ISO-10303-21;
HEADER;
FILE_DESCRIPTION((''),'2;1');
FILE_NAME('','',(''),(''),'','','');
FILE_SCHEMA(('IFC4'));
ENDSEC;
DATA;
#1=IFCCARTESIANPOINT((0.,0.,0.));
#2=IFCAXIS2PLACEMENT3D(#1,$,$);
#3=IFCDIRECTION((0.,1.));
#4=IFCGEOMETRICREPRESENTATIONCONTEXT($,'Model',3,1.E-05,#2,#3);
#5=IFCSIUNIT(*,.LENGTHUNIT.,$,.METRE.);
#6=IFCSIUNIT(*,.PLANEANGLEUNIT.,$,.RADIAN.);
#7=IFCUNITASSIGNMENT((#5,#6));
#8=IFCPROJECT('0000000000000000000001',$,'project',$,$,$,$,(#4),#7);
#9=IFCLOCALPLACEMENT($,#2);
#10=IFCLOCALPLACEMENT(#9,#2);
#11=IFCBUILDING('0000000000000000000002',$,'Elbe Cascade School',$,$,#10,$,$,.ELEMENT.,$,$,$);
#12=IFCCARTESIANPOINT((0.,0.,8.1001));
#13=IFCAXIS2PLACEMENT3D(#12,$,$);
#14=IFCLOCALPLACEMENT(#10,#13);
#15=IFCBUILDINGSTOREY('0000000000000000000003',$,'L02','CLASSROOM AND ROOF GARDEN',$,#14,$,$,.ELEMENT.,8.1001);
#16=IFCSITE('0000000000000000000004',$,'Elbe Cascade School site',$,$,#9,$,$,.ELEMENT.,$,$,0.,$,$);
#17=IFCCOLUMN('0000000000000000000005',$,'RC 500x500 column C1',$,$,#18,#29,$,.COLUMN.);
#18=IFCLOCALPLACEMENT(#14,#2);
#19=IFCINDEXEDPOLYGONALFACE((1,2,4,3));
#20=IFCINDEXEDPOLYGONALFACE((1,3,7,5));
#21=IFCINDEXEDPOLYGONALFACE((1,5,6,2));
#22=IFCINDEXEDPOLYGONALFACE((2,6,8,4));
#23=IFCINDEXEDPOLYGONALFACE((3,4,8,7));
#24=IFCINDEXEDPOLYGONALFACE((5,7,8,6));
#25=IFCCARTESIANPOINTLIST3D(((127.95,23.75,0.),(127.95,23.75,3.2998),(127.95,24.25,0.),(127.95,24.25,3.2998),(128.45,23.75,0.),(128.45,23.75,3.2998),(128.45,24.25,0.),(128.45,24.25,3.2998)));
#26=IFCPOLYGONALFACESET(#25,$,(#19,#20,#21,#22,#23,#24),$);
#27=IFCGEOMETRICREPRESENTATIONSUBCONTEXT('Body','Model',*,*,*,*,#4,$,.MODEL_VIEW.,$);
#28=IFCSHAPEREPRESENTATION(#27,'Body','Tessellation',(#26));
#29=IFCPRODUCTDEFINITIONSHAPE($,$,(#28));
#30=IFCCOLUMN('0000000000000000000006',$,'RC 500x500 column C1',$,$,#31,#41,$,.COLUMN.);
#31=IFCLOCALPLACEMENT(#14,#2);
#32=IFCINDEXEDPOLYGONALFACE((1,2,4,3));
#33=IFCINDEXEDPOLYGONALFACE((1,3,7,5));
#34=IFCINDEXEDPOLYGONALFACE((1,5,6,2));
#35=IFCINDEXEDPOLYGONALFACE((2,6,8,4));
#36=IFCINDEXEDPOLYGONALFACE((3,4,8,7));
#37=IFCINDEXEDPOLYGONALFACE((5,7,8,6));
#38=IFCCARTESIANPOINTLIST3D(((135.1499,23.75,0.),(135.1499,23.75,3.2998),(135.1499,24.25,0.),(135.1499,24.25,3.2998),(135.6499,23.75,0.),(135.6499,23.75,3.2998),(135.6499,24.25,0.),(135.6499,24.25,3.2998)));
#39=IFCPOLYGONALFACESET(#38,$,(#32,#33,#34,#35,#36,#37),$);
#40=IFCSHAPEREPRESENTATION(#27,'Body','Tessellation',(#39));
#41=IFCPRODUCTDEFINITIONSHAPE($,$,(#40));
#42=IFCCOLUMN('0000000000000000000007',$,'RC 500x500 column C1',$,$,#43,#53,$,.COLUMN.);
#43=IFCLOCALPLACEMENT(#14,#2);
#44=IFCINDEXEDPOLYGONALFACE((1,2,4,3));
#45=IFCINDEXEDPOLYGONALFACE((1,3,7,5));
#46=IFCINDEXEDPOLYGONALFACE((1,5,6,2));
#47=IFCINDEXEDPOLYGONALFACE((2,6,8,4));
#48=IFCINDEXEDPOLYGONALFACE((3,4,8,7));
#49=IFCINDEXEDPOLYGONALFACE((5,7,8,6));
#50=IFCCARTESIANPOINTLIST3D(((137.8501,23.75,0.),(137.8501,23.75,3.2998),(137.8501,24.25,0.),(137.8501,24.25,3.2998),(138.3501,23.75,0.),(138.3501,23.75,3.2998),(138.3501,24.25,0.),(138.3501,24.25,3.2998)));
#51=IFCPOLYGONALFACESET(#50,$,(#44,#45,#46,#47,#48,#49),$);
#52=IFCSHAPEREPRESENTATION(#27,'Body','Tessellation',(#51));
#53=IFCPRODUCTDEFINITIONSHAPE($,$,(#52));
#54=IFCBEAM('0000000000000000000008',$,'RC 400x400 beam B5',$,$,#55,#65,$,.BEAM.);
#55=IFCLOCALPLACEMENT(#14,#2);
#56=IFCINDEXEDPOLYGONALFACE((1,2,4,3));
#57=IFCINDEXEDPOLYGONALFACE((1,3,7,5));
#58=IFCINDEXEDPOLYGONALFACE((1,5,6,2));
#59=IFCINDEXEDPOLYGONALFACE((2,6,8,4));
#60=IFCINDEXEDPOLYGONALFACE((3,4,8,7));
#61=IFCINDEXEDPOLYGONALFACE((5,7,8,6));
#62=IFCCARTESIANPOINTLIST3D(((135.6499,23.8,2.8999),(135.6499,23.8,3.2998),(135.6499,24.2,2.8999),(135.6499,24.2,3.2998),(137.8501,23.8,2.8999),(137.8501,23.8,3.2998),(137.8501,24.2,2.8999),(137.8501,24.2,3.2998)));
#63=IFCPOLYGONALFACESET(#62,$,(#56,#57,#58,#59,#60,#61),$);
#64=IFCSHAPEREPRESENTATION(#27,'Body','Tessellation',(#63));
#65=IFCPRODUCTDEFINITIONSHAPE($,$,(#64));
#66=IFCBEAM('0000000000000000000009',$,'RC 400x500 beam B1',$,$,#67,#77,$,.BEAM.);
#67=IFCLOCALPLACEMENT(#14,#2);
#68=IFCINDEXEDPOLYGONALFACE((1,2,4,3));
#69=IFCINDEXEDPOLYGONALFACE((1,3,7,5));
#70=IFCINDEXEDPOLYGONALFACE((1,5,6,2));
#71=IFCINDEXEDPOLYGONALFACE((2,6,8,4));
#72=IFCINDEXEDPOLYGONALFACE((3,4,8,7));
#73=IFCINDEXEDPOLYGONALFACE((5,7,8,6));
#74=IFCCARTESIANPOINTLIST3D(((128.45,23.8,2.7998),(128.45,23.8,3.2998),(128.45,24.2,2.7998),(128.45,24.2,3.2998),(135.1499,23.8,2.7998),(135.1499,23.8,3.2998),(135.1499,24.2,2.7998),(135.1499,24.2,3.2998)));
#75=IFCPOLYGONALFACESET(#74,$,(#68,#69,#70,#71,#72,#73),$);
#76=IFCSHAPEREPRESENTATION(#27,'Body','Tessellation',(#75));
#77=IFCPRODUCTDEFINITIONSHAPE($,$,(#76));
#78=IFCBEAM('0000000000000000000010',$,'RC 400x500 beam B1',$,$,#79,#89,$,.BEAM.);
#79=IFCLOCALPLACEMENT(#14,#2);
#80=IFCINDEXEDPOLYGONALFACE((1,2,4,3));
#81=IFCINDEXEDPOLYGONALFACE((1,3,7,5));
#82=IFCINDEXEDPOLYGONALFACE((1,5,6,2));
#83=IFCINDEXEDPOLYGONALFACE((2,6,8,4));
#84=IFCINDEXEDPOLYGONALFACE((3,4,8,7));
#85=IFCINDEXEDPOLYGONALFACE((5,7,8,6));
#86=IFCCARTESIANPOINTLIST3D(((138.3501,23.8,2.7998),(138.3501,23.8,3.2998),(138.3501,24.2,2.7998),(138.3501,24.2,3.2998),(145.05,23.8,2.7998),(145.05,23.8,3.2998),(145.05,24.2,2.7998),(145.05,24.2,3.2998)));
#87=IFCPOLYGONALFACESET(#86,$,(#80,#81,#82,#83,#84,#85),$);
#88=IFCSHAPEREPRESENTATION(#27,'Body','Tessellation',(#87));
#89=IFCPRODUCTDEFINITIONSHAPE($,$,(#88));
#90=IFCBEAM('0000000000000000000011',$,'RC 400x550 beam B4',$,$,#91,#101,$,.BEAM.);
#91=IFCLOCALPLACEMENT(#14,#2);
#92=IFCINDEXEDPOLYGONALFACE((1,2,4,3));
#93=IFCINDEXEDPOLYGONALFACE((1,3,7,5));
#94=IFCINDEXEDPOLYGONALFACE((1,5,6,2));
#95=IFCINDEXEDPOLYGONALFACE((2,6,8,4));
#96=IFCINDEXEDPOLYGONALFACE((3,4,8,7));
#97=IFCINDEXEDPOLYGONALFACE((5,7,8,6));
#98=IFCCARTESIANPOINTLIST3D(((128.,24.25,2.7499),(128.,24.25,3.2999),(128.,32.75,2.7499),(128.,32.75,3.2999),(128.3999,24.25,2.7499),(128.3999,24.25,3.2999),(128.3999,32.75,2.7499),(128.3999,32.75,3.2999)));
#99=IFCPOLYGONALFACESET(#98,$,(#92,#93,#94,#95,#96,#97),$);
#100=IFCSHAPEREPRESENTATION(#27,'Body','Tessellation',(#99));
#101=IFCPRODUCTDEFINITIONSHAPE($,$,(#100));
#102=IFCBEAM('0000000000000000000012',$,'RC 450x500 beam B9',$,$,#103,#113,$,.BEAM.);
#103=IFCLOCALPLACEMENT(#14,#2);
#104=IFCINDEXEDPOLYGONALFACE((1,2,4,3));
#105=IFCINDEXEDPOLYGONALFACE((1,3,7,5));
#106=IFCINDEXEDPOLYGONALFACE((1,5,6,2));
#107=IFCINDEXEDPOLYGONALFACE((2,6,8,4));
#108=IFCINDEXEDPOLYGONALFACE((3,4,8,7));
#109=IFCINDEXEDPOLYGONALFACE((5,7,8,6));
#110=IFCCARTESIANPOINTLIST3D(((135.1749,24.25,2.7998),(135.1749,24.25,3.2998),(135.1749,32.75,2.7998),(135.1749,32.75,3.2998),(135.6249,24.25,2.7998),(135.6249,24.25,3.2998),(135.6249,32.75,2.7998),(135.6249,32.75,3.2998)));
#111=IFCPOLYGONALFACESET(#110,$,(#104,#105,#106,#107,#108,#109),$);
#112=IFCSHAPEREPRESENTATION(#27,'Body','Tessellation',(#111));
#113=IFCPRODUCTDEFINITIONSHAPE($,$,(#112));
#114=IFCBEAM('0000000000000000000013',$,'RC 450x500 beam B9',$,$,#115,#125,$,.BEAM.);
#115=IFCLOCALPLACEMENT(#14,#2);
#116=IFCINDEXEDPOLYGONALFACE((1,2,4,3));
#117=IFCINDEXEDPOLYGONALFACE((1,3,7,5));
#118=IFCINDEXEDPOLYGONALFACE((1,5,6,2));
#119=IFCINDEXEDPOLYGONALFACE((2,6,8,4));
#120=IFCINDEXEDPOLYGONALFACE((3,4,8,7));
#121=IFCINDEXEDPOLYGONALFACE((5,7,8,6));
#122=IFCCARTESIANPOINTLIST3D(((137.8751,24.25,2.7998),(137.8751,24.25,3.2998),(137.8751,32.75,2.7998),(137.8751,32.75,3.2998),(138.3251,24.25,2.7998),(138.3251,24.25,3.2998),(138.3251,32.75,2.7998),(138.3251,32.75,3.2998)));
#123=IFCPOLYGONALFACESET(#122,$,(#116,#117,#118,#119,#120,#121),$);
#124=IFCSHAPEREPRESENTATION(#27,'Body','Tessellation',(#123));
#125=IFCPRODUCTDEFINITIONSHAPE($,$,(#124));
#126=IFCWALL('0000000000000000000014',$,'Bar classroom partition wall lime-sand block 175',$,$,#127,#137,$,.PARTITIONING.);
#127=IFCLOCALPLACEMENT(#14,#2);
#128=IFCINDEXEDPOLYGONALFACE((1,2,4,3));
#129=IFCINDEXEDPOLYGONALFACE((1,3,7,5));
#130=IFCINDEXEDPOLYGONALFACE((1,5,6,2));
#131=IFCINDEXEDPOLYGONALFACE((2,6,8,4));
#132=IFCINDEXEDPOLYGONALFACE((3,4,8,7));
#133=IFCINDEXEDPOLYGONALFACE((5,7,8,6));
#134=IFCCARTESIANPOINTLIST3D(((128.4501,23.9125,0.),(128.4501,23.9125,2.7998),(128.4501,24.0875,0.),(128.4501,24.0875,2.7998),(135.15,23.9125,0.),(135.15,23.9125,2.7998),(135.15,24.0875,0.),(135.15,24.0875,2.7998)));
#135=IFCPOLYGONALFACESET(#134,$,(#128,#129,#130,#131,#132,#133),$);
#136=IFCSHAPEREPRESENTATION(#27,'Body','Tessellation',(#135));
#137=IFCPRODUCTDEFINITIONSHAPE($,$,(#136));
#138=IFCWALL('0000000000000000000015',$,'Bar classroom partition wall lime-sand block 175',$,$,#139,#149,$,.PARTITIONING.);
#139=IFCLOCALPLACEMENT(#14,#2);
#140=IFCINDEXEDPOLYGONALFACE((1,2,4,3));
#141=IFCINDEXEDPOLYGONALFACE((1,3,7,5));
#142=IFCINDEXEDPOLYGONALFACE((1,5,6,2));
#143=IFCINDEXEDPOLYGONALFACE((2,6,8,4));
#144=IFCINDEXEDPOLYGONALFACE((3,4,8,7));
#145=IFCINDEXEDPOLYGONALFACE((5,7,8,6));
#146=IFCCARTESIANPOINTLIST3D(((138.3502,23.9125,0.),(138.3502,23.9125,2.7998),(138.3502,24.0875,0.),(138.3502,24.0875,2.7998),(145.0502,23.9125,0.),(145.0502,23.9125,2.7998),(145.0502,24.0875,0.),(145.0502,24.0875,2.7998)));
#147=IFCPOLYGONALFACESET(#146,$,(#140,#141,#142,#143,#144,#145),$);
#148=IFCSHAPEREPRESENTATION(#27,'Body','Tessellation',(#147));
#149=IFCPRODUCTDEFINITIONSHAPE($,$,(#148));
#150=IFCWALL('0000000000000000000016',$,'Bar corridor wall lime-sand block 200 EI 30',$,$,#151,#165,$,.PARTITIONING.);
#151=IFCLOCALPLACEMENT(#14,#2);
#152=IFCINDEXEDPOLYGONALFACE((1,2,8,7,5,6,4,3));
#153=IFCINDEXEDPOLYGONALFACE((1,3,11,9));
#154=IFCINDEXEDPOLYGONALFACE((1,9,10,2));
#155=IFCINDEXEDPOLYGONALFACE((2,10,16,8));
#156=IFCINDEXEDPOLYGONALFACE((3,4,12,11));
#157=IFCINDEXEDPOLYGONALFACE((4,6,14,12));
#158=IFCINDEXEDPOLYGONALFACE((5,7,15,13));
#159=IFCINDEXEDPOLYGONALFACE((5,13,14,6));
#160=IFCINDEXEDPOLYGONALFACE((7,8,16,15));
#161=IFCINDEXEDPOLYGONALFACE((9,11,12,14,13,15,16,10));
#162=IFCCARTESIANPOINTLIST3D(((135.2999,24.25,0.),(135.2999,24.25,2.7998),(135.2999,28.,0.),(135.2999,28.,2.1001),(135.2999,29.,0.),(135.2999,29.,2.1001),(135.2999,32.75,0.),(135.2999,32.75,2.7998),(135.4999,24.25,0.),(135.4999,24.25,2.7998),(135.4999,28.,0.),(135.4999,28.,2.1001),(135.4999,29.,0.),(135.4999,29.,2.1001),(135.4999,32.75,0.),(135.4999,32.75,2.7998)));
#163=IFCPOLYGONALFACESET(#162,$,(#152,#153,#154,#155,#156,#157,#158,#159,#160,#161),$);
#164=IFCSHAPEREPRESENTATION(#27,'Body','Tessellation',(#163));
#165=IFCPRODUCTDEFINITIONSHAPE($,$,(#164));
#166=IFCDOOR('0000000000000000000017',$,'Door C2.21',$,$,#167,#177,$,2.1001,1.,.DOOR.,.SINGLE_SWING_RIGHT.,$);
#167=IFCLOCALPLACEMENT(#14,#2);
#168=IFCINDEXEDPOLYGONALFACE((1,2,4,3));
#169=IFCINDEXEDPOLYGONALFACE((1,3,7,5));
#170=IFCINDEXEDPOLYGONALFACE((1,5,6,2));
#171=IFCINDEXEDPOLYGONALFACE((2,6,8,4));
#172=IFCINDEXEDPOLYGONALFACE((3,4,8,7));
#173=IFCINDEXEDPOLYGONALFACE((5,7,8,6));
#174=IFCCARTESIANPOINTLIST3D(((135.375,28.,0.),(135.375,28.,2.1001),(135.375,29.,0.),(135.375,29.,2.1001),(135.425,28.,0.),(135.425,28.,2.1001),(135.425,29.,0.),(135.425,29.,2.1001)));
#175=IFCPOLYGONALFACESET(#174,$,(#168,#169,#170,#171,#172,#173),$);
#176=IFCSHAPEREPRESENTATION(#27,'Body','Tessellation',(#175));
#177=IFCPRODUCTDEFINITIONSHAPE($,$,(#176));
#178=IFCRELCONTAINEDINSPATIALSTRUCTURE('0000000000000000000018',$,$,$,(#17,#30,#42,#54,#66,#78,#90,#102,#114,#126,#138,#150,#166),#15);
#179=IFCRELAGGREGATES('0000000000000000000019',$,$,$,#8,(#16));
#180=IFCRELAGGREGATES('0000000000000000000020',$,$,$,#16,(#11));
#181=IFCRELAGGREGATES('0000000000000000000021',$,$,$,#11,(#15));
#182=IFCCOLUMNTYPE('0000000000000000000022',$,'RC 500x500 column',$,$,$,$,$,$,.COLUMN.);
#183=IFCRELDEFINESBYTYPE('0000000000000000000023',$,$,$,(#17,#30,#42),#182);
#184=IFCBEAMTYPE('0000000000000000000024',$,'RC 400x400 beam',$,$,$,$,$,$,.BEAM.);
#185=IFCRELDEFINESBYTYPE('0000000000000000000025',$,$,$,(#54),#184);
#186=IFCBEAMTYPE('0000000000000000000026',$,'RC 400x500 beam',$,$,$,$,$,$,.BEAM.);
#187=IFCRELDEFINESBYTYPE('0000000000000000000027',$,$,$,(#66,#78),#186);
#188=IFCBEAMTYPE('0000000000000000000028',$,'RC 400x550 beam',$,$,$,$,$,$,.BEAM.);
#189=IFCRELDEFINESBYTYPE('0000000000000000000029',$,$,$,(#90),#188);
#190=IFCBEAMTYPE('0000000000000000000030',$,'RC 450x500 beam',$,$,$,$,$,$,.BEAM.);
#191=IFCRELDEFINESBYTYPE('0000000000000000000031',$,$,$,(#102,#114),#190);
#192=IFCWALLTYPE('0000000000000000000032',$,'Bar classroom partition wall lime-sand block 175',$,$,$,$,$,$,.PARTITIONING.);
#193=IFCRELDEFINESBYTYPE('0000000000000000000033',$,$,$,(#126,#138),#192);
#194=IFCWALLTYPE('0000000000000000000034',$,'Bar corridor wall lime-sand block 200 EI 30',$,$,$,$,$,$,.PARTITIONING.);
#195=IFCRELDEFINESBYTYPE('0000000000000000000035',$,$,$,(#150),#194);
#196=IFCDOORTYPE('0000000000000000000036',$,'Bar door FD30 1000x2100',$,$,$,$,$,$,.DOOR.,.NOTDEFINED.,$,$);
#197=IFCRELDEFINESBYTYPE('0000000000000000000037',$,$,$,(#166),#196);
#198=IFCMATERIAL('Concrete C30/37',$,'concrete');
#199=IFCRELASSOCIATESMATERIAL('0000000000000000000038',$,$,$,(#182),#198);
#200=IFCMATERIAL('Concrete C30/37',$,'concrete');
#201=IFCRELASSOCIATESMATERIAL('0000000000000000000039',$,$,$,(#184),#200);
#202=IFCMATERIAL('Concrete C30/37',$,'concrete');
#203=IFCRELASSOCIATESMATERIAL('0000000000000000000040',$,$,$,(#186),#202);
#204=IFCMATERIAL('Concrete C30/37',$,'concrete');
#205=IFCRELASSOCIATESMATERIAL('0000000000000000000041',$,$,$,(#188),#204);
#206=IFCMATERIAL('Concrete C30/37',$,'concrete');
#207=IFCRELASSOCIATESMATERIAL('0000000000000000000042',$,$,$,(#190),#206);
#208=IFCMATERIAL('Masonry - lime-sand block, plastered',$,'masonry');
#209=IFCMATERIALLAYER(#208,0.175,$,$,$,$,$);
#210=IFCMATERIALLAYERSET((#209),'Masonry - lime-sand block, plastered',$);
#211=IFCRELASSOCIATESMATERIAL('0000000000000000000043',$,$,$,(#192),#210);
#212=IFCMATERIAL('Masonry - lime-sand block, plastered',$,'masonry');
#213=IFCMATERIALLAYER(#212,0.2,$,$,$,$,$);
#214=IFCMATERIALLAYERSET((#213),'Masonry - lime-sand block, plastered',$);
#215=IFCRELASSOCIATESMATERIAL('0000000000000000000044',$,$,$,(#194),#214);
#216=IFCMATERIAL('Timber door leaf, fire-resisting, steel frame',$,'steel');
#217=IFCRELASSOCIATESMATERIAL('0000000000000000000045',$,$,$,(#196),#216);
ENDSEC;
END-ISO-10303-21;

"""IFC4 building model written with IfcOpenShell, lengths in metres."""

from ifc_helpers import new_model, si_unit, direction, frame, frame_2d, origin, origin_2d, place, context, subcontext, project, spatial, rectangle, extrude, material, layer, layer_set, material_profile, profile_set, type_object, element, fill, save


model = new_model("IFC4")

# Units and contexts
model_context = context("Model", 3, precision=1e-05, world=origin(), true_north=direction((0.0, 1.0)))
body_context = subcontext(model_context, "Body", "Model", "MODEL_VIEW")
ifc_project = project(units=[si_unit("LENGTHUNIT", "METRE"), si_unit("PLANEANGLEUNIT", "RADIAN")], contexts=[model_context])

# Site, building, storey
site_placement = place(None, origin())
site = spatial("IfcSite", under=ifc_project, at=site_placement, Name="Elbe Cascade School site", CompositionType="ELEMENT", RefElevation=0.0)
building_placement = place(site_placement, origin())
building = spatial("IfcBuilding", under=site, at=building_placement, Name="Elbe Cascade School", CompositionType="ELEMENT")
storey_placement = place(building_placement, frame((0.0, 0.0, 8.1001)))
storey = spatial("IfcBuildingStorey", under=building, at=storey_placement, Name="L02", Description="CLASSROOM AND ROOF GARDEN", CompositionType="ELEMENT", Elevation=8.1001)

# Columns
ifc_material_1 = material(Name="Concrete C30/37", Category="concrete")
ifc_material_profile_1 = material_profile(ifc_material_1, rectangle(XDim=0.5, YDim=0.5, at=origin_2d()), Name="RC 500x500")
ifc_profile_set_1 = profile_set([ifc_material_profile_1], Name="Concrete C30/37")
column_type = type_object("IfcColumnType", Name="RC 500x500 column", PredefinedType="COLUMN", material=ifc_profile_set_1)
for number, where, z_axis, x_axis, name in (
    (1, (128.2, 24.0, 0.0), (0.0, 0.0, 1.0), (1.0, 0.0, 0.0), "RC 500x500 column C1"),
    (2, (135.3999, 24.0, 0.0), (0.0, 0.0, 1.0), (1.0, 0.0, 0.0), "RC 500x500 column C1"),
    (3, (138.1001, 24.0, 0.0), (0.0, 0.0, 1.0), (1.0, 0.0, 0.0), "RC 500x500 column C1"),
):
    element("IfcColumn", number, at=place(storey_placement, frame(where, z_axis=z_axis, x_axis=x_axis)), inside=storey, type_object=column_type, Name=name, PredefinedType="COLUMN", context=body_context, shape_type="SweptSolid", body=[
        extrude(rectangle(XDim=0.5, YDim=0.5, at=origin_2d()), origin(), (0.0, 0.0, 1.0), 3.2998),
    ])

# Beams
ifc_material_2 = material(Name="Concrete C30/37", Category="concrete")
ifc_material_profile_2 = material_profile(ifc_material_2, rectangle(XDim=0.3999, YDim=0.3999, at=origin_2d()), Name="RC 400x400")
ifc_profile_set_2 = profile_set([ifc_material_profile_2], Name="Concrete C30/37")
beam_type_1 = type_object("IfcBeamType", Name="RC 400x400 beam", PredefinedType="BEAM", material=ifc_profile_set_2)
beam_1_placement = place(storey_placement, frame((135.6499, 24.0, 3.0999), z_axis=(1.0, 0.0, 0.0), x_axis=(0.0, 1.0, 0.0)))
element("IfcBeam", 4, at=beam_1_placement, inside=storey, type_object=beam_type_1, Name="RC 400x400 beam B5", PredefinedType="BEAM", context=body_context, shape_type="SweptSolid", body=[
    extrude(rectangle(XDim=0.3999, YDim=0.3999, at=origin_2d()), origin(), (0.0, 0.0, 1.0), 2.2002),
])
ifc_material_3 = material(Name="Concrete C30/37", Category="concrete")
ifc_material_profile_3 = material_profile(ifc_material_3, rectangle(XDim=0.3999, YDim=0.5, at=origin_2d()), Name="RC 400x500")
ifc_profile_set_3 = profile_set([ifc_material_profile_3], Name="Concrete C30/37")
beam_type_2 = type_object("IfcBeamType", Name="RC 400x500 beam", PredefinedType="BEAM", material=ifc_profile_set_3)
for number, where, z_axis, x_axis, name in (
    (5, (128.45, 24.0, 3.0498), (1.0, 0.0, 0.0), (0.0, 1.0, 0.0), "RC 400x500 beam B1"),
    (6, (138.3501, 24.0, 3.0498), (1.0, 0.0, 0.0), (0.0, 1.0, 0.0), "RC 400x500 beam B1"),
):
    element("IfcBeam", number, at=place(storey_placement, frame(where, z_axis=z_axis, x_axis=x_axis)), inside=storey, type_object=beam_type_2, Name=name, PredefinedType="BEAM", context=body_context, shape_type="SweptSolid", body=[
        extrude(rectangle(XDim=0.3999, YDim=0.5, at=origin_2d()), origin(), (0.0, 0.0, 1.0), 6.7),
    ])
ifc_material_4 = material(Name="Concrete C30/37", Category="concrete")
ifc_material_profile_4 = material_profile(ifc_material_4, rectangle(XDim=0.3999, YDim=0.55, at=origin_2d()), Name="RC 400x550")
ifc_profile_set_4 = profile_set([ifc_material_profile_4], Name="Concrete C30/37")
beam_type_3 = type_object("IfcBeamType", Name="RC 400x550 beam", PredefinedType="BEAM", material=ifc_profile_set_4)
beam_2_placement = place(storey_placement, frame((128.2, 24.25, 3.0249), z_axis=(0.0, 1.0, 0.0), x_axis=(-1.0, 0.0, 0.0)))
element("IfcBeam", 7, at=beam_2_placement, inside=storey, type_object=beam_type_3, Name="RC 400x550 beam B4", PredefinedType="BEAM", context=body_context, shape_type="SweptSolid", body=[
    extrude(rectangle(XDim=0.3999, YDim=0.55, at=origin_2d()), origin(), (0.0, 0.0, 1.0), 8.5),
])
ifc_material_5 = material(Name="Concrete C30/37", Category="concrete")
ifc_material_profile_5 = material_profile(ifc_material_5, rectangle(XDim=0.45, YDim=0.5, at=origin_2d()), Name="RC 450x500")
ifc_profile_set_5 = profile_set([ifc_material_profile_5], Name="Concrete C30/37")
beam_type_4 = type_object("IfcBeamType", Name="RC 450x500 beam", PredefinedType="BEAM", material=ifc_profile_set_5)
for number, where, z_axis, x_axis, name in (
    (8, (135.3999, 24.25, 3.0498), (0.0, 1.0, 0.0), (-1.0, 0.0, 0.0), "RC 450x500 beam B9"),
    (9, (138.1001, 24.25, 3.0498), (0.0, 1.0, 0.0), (-1.0, 0.0, 0.0), "RC 450x500 beam B9"),
):
    element("IfcBeam", number, at=place(storey_placement, frame(where, z_axis=z_axis, x_axis=x_axis)), inside=storey, type_object=beam_type_4, Name=name, PredefinedType="BEAM", context=body_context, shape_type="SweptSolid", body=[
        extrude(rectangle(XDim=0.45, YDim=0.5, at=origin_2d()), origin(), (0.0, 0.0, 1.0), 8.5),
    ])

# Walls
ifc_material_6 = material(Name="Masonry - lime-sand block, plastered", Category="masonry")
ifc_layer_1 = layer(ifc_material_6, 0.175)
ifc_layer_set_1 = layer_set([ifc_layer_1], Name="Masonry - lime-sand block, plastered")
wall_type_1 = type_object("IfcWallType", Name="Bar classroom partition wall lime-sand block 175", PredefinedType="PARTITIONING", material=ifc_layer_set_1)
for number, where, z_axis, x_axis, name in (
    (10, (128.45, 24.0, 0.0), (0.0, 0.0, 1.0), (1.0, 0.0, 0.0), "Bar classroom partition wall lime-sand block 175"),
    (11, (138.3501, 24.0, 0.0), (0.0, 0.0, 1.0), (1.0, 0.0, 0.0), "Bar classroom partition wall lime-sand block 175"),
):
    element("IfcWall", number, at=place(storey_placement, frame(where, z_axis=z_axis, x_axis=x_axis)), inside=storey, type_object=wall_type_1, Name=name, PredefinedType="PARTITIONING", context=body_context, shape_type="SweptSolid", body=[
        extrude(rectangle(XDim=6.7, YDim=0.175, at=frame_2d((3.3501, 0.0))), origin(), (0.0, 0.0, 1.0), 2.7998),
    ])

# Wall, opening, door
ifc_material_7 = material(Name="Masonry - lime-sand block, plastered", Category="masonry")
ifc_layer_2 = layer(ifc_material_7, 0.2)
ifc_layer_set_2 = layer_set([ifc_layer_2], Name="Masonry - lime-sand block, plastered")
wall_type_2 = type_object("IfcWallType", Name="Bar corridor wall lime-sand block 200 EI 30", PredefinedType="PARTITIONING", material=ifc_layer_set_2)
wall_1_placement = place(storey_placement, frame((135.3999, 24.25, 0.0), z_axis=(0.0, 0.0, 1.0), x_axis=(0.0, 1.0, 0.0)))
wall_1 = element("IfcWall", 12, at=wall_1_placement, inside=storey, type_object=wall_type_2, Name="Bar corridor wall lime-sand block 200 EI 30", PredefinedType="PARTITIONING", context=body_context, shape_type="SweptSolid", body=[
    extrude(rectangle(XDim=8.5, YDim=0.2, at=frame_2d((4.25, 0.0))), origin(), (0.0, 0.0, 1.0), 2.7998),
])
opening_1_placement = place(wall_1_placement, frame((3.75, 0.0, 0.0)))
opening_1 = element("IfcOpeningElement", 13, at=opening_1_placement, cuts=wall_1, PredefinedType="OPENING", context=body_context, shape_type="SweptSolid", body=[
    extrude(rectangle(XDim=1.0, YDim=2.1001, at=frame_2d((0.5, 1.05))), frame((0.0, 0.1099, 0.0), z_axis=(0.0, -1.0, 0.0), x_axis=(1.0, 0.0, 0.0)), (0.0, 0.0, 1.0), 0.22),
])
ifc_material_8 = material(Name="Timber door leaf, fire-resisting, steel frame", Category="steel")
door_type = type_object("IfcDoorType", Name="Bar door FD30 1000x2100", OperationType="NOTDEFINED", PredefinedType="DOOR", material=ifc_material_8)
door_1_placement = place(opening_1_placement, origin())
door_1 = element("IfcDoor", 14, at=door_1_placement, inside=storey, type_object=door_type, Name="Door C2.21", OperationType="SINGLE_SWING_RIGHT", OverallHeight=2.1001, OverallWidth=1.0, PredefinedType="DOOR", context=body_context, shape_type="SweptSolid", body=[
    extrude(rectangle(XDim=1.0, YDim=2.1001, at=frame_2d((0.5, 1.05))), frame((0.0, 0.0249, 0.0), z_axis=(0.0, -1.0, 0.0), x_axis=(1.0, 0.0, 0.0)), (0.0, 0.0, 1.0), 0.05),
])
fill(opening_1, door_1)

save(model, "model.ifc")
